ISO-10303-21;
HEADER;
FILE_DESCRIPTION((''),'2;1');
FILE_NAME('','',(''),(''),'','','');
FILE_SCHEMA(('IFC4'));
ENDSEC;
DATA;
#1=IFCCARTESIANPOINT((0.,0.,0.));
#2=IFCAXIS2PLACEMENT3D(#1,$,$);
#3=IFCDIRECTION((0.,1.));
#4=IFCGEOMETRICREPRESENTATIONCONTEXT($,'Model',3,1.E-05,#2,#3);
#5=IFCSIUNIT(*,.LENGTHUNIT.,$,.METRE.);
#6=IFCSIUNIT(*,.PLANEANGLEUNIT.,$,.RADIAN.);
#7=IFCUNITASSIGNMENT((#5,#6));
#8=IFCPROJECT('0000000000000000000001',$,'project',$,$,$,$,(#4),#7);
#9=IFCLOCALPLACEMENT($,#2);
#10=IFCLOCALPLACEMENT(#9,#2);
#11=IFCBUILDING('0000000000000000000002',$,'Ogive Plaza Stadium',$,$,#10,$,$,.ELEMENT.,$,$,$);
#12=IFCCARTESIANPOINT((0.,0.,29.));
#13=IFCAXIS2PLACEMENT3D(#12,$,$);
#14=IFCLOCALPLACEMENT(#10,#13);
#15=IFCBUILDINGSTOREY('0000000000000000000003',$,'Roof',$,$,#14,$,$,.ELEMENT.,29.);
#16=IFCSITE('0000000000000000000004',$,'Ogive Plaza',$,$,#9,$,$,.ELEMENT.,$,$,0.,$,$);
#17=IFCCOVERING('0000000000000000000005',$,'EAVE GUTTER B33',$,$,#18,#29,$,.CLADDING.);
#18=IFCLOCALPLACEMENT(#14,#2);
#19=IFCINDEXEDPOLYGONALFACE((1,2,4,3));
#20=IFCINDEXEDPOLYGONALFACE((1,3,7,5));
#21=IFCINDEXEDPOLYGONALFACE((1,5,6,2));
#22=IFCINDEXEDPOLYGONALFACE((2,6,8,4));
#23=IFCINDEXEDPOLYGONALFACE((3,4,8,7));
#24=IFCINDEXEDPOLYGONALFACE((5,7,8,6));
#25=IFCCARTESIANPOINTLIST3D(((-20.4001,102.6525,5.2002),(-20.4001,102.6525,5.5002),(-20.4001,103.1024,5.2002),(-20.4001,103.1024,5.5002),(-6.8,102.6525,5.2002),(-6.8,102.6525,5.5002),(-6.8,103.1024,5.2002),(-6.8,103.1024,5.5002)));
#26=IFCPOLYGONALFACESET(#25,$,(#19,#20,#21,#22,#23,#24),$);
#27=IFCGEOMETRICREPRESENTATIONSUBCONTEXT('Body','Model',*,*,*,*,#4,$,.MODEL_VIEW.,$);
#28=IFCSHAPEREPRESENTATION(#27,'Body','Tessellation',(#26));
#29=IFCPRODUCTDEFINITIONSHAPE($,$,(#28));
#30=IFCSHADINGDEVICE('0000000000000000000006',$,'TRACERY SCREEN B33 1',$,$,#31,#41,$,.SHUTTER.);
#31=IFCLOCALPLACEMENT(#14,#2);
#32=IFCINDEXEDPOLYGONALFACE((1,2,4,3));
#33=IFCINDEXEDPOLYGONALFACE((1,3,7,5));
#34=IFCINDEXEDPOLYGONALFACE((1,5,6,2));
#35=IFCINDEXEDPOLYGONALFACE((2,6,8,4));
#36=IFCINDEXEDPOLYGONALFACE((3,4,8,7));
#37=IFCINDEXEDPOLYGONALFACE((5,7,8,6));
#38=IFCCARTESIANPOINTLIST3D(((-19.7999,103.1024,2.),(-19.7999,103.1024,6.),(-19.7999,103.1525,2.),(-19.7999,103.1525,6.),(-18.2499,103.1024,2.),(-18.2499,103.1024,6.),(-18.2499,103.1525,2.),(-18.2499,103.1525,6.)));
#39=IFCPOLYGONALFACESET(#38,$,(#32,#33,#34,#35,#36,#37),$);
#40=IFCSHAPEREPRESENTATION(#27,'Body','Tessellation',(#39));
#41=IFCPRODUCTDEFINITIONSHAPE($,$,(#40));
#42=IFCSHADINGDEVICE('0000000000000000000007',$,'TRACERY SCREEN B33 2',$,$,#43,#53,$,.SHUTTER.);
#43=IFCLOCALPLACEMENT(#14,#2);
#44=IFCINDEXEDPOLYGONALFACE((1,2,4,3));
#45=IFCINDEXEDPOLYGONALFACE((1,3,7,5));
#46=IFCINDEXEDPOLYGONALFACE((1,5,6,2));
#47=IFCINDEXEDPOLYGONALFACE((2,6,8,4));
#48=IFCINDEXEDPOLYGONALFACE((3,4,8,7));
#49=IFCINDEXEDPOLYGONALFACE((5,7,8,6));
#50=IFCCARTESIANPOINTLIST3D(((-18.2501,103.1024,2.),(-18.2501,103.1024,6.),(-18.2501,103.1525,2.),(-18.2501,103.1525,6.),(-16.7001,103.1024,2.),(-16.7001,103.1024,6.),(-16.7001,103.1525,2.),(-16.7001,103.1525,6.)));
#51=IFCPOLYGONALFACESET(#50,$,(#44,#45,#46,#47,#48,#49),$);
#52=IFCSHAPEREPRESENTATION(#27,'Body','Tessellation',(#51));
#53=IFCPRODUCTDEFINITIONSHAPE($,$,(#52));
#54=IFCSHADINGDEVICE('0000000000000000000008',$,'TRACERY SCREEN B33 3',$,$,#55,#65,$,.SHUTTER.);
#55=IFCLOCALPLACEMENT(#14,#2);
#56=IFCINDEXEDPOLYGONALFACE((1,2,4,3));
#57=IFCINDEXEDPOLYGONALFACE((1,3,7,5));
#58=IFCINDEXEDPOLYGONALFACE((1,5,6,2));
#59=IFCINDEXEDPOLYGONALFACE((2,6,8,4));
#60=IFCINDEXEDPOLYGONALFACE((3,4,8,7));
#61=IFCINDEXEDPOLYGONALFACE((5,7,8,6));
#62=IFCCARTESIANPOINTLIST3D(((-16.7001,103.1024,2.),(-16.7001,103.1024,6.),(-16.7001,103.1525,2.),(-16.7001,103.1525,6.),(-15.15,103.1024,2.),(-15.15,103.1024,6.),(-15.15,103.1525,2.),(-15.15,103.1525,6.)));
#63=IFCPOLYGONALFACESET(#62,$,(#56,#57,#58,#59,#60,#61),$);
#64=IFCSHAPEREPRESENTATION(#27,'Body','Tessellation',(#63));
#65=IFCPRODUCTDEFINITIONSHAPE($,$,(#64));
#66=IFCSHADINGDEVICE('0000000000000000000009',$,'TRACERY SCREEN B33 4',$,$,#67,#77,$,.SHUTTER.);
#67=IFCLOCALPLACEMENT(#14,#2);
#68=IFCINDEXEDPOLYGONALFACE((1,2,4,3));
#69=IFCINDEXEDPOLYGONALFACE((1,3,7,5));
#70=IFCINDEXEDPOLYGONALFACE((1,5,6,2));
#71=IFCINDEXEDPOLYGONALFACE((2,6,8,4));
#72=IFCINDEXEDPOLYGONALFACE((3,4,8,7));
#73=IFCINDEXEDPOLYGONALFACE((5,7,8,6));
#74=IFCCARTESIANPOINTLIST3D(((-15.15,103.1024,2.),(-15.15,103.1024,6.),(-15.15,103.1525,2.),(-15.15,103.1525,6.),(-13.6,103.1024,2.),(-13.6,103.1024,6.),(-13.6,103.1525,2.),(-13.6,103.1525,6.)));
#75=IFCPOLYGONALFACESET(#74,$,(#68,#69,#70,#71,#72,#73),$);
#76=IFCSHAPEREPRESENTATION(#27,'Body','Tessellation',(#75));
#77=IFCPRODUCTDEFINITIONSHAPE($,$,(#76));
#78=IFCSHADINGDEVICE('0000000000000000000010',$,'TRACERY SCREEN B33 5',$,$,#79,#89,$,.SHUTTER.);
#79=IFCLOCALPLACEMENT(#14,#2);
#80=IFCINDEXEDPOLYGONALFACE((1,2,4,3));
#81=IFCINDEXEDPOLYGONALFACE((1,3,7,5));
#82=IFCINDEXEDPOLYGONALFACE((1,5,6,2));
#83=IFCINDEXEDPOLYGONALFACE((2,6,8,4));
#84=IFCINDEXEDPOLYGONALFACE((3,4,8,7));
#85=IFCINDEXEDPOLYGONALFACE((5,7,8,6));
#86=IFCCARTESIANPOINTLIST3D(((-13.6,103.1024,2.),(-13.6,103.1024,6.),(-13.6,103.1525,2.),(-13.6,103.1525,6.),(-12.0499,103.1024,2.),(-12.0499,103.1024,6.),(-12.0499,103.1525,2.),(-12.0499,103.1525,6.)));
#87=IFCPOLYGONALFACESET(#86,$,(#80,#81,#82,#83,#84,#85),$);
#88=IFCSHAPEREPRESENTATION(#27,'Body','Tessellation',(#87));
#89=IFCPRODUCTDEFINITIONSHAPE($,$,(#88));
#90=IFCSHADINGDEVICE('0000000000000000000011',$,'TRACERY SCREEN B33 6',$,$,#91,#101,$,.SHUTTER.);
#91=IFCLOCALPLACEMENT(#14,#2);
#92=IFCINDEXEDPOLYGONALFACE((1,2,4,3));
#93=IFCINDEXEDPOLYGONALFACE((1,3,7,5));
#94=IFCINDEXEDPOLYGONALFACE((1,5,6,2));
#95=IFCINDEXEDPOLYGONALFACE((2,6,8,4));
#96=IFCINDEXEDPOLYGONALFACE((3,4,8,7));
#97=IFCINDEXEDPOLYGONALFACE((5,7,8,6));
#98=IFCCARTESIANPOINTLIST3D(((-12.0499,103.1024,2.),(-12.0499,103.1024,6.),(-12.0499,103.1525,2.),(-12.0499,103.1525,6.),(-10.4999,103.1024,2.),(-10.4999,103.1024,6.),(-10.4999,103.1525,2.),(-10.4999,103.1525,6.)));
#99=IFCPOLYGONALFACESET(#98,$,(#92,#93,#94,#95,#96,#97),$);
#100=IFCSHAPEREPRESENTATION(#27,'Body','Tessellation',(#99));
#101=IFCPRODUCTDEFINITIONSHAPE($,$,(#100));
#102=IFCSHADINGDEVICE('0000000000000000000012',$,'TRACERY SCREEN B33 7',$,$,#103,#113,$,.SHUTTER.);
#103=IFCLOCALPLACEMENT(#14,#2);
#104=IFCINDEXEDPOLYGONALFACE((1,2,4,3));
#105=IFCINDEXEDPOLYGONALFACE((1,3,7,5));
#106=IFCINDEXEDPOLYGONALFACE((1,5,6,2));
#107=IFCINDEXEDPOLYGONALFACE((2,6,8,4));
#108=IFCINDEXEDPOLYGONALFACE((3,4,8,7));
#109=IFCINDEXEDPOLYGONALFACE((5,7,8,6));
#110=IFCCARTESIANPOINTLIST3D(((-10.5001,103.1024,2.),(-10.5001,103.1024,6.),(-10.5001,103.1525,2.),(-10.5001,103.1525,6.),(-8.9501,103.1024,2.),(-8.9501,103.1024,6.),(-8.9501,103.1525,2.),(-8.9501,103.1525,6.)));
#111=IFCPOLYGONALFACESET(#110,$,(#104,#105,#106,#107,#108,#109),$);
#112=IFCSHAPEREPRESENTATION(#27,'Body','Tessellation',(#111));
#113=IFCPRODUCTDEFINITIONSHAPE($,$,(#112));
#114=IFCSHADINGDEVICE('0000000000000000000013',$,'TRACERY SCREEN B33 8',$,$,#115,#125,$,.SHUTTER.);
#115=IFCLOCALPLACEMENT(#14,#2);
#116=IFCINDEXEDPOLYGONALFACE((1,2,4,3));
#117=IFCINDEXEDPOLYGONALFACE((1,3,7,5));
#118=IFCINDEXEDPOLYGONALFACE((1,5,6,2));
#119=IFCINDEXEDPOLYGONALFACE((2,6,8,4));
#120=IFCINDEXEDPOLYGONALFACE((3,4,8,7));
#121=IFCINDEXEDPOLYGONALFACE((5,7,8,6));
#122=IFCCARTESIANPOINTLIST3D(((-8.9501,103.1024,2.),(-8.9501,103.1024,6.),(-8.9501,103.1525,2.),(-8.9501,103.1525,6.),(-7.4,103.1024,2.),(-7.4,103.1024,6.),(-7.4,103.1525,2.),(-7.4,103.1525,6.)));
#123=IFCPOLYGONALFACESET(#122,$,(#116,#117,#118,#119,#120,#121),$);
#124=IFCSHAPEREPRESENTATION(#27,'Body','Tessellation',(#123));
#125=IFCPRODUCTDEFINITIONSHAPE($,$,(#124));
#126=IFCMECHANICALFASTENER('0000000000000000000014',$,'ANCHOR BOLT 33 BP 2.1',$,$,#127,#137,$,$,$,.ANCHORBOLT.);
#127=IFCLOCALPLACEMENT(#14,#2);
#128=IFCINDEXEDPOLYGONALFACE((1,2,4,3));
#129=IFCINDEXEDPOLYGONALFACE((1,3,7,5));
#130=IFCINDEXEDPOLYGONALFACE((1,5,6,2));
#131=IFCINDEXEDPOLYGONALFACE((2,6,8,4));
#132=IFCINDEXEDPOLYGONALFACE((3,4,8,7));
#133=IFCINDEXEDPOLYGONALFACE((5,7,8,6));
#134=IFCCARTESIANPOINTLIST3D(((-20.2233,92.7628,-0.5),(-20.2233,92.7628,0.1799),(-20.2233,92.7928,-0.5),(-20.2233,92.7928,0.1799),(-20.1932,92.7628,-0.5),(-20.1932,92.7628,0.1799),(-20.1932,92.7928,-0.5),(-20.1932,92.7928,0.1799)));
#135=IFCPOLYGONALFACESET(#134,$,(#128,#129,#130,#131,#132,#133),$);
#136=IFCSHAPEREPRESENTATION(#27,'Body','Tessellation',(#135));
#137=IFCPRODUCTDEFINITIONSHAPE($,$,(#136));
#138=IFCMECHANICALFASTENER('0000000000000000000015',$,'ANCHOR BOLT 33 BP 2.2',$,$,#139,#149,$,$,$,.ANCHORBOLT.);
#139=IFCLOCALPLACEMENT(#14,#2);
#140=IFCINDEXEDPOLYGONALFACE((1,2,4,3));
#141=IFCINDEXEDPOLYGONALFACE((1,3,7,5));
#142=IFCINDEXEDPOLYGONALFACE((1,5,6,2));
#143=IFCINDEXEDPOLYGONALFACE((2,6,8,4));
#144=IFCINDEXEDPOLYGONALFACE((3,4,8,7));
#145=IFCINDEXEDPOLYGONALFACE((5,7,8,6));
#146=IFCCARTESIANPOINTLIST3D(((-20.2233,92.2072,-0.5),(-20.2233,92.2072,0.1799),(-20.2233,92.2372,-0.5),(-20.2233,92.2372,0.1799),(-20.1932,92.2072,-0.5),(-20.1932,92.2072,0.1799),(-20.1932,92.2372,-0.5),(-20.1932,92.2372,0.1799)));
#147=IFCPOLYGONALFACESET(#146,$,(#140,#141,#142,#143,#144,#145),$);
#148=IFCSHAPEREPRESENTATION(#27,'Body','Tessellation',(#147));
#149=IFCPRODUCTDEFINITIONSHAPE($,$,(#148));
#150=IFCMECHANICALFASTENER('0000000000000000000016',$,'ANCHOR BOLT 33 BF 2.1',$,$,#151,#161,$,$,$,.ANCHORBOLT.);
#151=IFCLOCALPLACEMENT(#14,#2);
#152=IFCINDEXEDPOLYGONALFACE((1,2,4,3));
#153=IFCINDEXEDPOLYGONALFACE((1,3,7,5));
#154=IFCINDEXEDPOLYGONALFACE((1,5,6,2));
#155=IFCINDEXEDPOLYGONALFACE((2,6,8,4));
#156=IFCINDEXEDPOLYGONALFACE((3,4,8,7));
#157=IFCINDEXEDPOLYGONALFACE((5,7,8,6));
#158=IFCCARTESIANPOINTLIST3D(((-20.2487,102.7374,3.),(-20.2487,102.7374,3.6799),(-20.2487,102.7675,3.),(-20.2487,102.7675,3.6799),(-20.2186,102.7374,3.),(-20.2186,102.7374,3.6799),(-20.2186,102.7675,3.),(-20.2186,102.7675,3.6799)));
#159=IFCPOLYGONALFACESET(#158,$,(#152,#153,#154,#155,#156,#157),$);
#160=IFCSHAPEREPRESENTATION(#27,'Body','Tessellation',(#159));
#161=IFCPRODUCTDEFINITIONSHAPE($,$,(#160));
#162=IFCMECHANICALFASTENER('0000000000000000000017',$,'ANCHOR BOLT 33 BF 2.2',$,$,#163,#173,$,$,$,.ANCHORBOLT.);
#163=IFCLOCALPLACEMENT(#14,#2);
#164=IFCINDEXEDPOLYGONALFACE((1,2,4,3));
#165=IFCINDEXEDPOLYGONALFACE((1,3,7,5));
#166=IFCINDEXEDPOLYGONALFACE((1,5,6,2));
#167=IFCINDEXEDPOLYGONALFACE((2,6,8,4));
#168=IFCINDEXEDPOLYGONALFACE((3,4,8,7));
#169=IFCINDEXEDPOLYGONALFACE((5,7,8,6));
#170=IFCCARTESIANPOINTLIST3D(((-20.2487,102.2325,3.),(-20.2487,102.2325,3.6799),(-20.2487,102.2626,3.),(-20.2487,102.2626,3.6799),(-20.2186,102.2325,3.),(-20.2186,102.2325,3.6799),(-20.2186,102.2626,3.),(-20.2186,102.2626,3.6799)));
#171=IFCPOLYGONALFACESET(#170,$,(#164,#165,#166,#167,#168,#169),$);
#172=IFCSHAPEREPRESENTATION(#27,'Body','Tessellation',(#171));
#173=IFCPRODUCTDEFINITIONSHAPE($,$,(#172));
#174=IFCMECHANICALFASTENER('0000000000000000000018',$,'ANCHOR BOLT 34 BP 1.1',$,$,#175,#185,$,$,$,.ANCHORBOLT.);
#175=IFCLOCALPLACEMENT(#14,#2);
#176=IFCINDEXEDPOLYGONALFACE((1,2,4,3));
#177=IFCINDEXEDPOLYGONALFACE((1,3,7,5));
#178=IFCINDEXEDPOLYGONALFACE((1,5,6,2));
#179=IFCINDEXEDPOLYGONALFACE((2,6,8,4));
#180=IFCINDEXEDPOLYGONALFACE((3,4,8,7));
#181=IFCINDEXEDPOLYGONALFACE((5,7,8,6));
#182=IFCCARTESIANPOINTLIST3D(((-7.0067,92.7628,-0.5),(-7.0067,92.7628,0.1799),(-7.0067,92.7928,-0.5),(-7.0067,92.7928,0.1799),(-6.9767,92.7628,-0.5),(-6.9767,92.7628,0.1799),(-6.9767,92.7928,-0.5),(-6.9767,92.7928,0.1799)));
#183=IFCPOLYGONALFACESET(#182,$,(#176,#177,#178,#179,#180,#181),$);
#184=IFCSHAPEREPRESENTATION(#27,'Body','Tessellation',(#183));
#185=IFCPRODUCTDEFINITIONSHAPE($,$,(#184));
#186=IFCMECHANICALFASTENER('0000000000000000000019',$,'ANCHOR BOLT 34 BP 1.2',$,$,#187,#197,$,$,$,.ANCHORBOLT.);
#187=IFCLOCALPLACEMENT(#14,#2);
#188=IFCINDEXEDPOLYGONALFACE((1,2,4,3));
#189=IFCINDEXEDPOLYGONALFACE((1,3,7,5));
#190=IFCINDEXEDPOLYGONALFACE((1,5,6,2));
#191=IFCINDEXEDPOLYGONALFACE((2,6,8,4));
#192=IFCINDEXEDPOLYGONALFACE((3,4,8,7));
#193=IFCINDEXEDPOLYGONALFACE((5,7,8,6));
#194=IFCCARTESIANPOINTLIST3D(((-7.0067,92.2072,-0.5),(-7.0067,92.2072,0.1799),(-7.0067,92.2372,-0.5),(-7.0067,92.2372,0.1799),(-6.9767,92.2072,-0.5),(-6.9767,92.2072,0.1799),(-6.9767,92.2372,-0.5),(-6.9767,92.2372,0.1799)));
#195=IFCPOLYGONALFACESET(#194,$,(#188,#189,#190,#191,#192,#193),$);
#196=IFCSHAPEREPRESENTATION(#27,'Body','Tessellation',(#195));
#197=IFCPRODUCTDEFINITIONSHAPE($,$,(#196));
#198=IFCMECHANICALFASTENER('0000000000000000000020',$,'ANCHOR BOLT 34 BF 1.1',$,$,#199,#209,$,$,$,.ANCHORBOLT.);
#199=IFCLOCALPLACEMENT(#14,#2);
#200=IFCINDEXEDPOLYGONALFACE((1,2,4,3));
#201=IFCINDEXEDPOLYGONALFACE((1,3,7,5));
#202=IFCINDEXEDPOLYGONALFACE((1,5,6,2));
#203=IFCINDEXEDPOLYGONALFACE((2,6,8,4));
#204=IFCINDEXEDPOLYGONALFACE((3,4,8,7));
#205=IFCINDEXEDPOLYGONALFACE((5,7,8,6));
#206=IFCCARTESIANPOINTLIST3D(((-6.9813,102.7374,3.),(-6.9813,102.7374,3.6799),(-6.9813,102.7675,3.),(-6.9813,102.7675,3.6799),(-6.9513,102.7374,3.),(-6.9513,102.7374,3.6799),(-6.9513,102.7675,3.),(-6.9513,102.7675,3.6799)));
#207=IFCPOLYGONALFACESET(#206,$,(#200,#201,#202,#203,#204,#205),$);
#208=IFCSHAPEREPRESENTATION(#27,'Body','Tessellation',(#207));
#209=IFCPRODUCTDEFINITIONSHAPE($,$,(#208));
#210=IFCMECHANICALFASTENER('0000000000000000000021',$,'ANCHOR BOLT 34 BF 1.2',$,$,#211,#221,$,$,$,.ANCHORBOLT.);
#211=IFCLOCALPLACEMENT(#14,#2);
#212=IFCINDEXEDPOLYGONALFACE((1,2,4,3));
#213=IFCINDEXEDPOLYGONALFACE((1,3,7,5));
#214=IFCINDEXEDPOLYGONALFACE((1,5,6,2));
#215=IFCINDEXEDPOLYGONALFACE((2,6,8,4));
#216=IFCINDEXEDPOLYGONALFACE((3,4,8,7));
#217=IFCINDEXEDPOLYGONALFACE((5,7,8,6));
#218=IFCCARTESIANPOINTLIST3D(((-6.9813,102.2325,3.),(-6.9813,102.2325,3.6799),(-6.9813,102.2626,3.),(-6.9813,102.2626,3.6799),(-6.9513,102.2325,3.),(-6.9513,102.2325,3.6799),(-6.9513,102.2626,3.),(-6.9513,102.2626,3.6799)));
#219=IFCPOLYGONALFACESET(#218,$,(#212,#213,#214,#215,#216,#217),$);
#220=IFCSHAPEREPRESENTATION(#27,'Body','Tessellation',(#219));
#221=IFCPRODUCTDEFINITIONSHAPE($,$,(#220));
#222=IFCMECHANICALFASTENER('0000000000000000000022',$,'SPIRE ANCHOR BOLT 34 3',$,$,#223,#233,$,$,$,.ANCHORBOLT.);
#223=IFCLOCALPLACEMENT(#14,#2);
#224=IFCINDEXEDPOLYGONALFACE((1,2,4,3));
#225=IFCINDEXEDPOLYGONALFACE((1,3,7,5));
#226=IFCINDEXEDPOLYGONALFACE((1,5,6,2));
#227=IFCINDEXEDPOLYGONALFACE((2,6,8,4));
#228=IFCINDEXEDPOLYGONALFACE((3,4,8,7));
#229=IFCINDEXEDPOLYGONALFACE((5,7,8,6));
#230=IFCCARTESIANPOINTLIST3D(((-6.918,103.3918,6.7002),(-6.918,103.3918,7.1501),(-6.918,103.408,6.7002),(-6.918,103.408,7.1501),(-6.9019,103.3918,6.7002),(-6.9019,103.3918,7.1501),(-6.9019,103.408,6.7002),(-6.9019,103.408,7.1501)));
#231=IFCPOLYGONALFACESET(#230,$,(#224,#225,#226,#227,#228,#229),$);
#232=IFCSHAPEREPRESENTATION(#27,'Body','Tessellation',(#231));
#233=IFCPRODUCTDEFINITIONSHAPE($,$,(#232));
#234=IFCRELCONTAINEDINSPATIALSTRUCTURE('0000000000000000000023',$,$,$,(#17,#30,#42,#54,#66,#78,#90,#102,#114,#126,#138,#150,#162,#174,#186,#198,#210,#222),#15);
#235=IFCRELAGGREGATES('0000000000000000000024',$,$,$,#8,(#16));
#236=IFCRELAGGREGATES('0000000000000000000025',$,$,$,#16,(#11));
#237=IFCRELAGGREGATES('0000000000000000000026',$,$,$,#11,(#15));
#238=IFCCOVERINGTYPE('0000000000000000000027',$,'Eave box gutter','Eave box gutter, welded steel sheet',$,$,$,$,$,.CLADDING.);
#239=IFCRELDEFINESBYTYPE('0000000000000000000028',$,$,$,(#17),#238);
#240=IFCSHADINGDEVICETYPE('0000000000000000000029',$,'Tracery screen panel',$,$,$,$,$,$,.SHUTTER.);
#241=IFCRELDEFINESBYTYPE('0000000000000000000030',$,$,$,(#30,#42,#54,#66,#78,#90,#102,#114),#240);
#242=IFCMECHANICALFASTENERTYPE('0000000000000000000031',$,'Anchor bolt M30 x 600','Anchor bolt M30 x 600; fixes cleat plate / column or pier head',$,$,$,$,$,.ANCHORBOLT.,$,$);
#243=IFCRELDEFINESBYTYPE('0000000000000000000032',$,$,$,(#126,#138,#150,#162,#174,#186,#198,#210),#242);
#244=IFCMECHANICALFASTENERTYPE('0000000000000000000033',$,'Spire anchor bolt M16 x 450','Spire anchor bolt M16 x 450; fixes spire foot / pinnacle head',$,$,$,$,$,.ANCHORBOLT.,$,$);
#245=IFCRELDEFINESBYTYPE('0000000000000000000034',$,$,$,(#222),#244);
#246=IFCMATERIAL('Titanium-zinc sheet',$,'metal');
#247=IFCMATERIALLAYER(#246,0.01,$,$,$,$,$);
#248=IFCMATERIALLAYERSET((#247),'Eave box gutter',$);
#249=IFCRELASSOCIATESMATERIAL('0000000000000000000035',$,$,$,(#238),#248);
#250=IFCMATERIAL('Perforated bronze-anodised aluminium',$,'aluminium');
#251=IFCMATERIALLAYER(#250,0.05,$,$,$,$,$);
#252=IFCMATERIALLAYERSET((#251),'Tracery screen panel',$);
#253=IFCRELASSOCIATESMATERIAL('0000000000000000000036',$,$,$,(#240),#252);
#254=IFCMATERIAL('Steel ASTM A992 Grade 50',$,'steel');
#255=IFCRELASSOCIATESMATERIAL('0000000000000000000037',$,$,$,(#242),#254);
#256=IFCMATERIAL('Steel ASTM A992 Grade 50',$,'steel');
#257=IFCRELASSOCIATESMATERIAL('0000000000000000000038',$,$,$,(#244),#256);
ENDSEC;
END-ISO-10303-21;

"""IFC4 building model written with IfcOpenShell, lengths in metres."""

from ifc_helpers import new_model, si_unit, direction, frame, origin, origin_2d, place, context, subcontext, project, spatial, rectangle, extrude, material, layer, layer_set, type_object, element, save


model = new_model("IFC4")

# Units and contexts
model_context = context("Model", 3, precision=1e-05, world=origin(), true_north=direction((0.0, 1.0)))
body_context = subcontext(model_context, "Body", "Model", "MODEL_VIEW")
ifc_project = project(units=[si_unit("LENGTHUNIT", "METRE"), si_unit("PLANEANGLEUNIT", "RADIAN")], contexts=[model_context])

# Site, building, storey
site_placement = place(None, origin())
site = spatial("IfcSite", under=ifc_project, at=site_placement, Name="Ogive Plaza", CompositionType="ELEMENT", RefElevation=0.0)
building_placement = place(site_placement, origin())
building = spatial("IfcBuilding", under=site, at=building_placement, Name="Ogive Plaza Stadium", CompositionType="ELEMENT")
storey_placement = place(building_placement, frame((0.0, 0.0, 29.0)))
storey = spatial("IfcBuildingStorey", under=building, at=storey_placement, Name="Roof", CompositionType="ELEMENT", Elevation=29.0)

# Covering
ifc_material_1 = material(Name="Titanium-zinc sheet", Category="metal")
ifc_layer_1 = layer(ifc_material_1, 0.01)
ifc_layer_set_1 = layer_set([ifc_layer_1], Name="Eave box gutter")
covering_type = type_object("IfcCoveringType", Name="Eave box gutter", Description="Eave box gutter, welded steel sheet", PredefinedType="CLADDING", material=ifc_layer_set_1)
covering_placement = place(storey_placement, frame((-13.6001, 102.8774, 5.2002), z_axis=(0.0, 0.0, 1.0), x_axis=(1.0, 0.0, 0.0)))
element("IfcCovering", 1, at=covering_placement, inside=storey, type_object=covering_type, Name="EAVE GUTTER B33", PredefinedType="CLADDING", context=body_context, shape_type="SweptSolid", body=[
    extrude(rectangle(XDim=13.6001, YDim=0.45, at=origin_2d()), origin(), (0.0, 0.0, 1.0), 0.3),
])

# Shading devices
ifc_material_2 = material(Name="Perforated bronze-anodised aluminium", Category="aluminium")
ifc_layer_2 = layer(ifc_material_2, 0.05)
ifc_layer_set_2 = layer_set([ifc_layer_2], Name="Tracery screen panel")
shading_device_type = type_object("IfcShadingDeviceType", Name="Tracery screen panel", PredefinedType="SHUTTER", material=ifc_layer_set_2)
for number, where, z_axis, x_axis, name in (
    (2, (-19.0249, 103.1274, 2.0), (0.0, 0.0, 1.0), (1.0, 0.0, 0.0), "TRACERY SCREEN B33 1"),
    (3, (-17.4751, 103.1274, 2.0), (0.0, 0.0, 1.0), (1.0, 0.0, 0.0), "TRACERY SCREEN B33 2"),
    (4, (-15.925, 103.1274, 2.0), (0.0, 0.0, 1.0), (1.0, 0.0, 0.0), "TRACERY SCREEN B33 3"),
    (5, (-14.375, 103.1274, 2.0), (0.0, 0.0, 1.0), (1.0, 0.0, 0.0), "TRACERY SCREEN B33 4"),
    (6, (-12.825, 103.1274, 2.0), (0.0, 0.0, 1.0), (1.0, 0.0, 0.0), "TRACERY SCREEN B33 5"),
    (7, (-11.2749, 103.1274, 2.0), (0.0, 0.0, 1.0), (1.0, 0.0, 0.0), "TRACERY SCREEN B33 6"),
    (8, (-9.7251, 103.1274, 2.0), (0.0, 0.0, 1.0), (1.0, 0.0, 0.0), "TRACERY SCREEN B33 7"),
    (9, (-8.175, 103.1274, 2.0), (0.0, 0.0, 1.0), (1.0, 0.0, 0.0), "TRACERY SCREEN B33 8"),
):
    element("IfcShadingDevice", number, at=place(storey_placement, frame(where, z_axis=z_axis, x_axis=x_axis)), inside=storey, type_object=shading_device_type, Name=name, PredefinedType="SHUTTER", context=body_context, shape_type="SweptSolid", body=[
        extrude(rectangle(XDim=1.55, YDim=0.05, at=origin_2d()), origin(), (0.0, 0.0, 1.0), 4.0),
    ])

# Mechanical fasteners
ifc_material_3 = material(Name="Steel ASTM A992 Grade 50", Category="steel")
mechanical_fastener_type_1 = type_object("IfcMechanicalFastenerType", Name="Anchor bolt M30 x 600", Description="Anchor bolt M30 x 600; fixes cleat plate / column or pier head", PredefinedType="ANCHORBOLT", material=ifc_material_3)
for number, where, z_axis, x_axis, name in (
    (10, (-20.2083, 92.7778, -0.5), (0.0, 0.0, 1.0), (0.0, 1.0, 0.0), "ANCHOR BOLT 33 BP 2.1"),
    (11, (-20.2083, 92.2222, -0.5), (0.0, 0.0, 1.0), (0.0, 1.0, 0.0), "ANCHOR BOLT 33 BP 2.2"),
    (12, (-20.2336, 102.7524, 3.0), (0.0, 0.0, 1.0), (0.0, 1.0, 0.0), "ANCHOR BOLT 33 BF 2.1"),
    (13, (-20.2336, 102.2476, 3.0), (0.0, 0.0, 1.0), (0.0, 1.0, 0.0), "ANCHOR BOLT 33 BF 2.2"),
    (14, (-6.9917, 92.7778, -0.5), (0.0, 0.0, 1.0), (0.0, 1.0, 0.0), "ANCHOR BOLT 34 BP 1.1"),
    (15, (-6.9917, 92.2222, -0.5), (0.0, 0.0, 1.0), (0.0, 1.0, 0.0), "ANCHOR BOLT 34 BP 1.2"),
    (16, (-6.9663, 102.7524, 3.0), (0.0, 0.0, 1.0), (0.0, 1.0, 0.0), "ANCHOR BOLT 34 BF 1.1"),
    (17, (-6.9663, 102.2476, 3.0), (0.0, 0.0, 1.0), (0.0, 1.0, 0.0), "ANCHOR BOLT 34 BF 1.2"),
):
    element("IfcMechanicalFastener", number, at=place(storey_placement, frame(where, z_axis=z_axis, x_axis=x_axis)), inside=storey, type_object=mechanical_fastener_type_1, Name=name, PredefinedType="ANCHORBOLT", context=body_context, shape_type="SweptSolid", body=[
        extrude(rectangle(XDim=0.03, YDim=0.03, at=origin_2d()), origin(), (0.0, 0.0, 1.0), 0.6799),
    ])
ifc_material_4 = material(Name="Steel ASTM A992 Grade 50", Category="steel")
mechanical_fastener_type_2 = type_object("IfcMechanicalFastenerType", Name="Spire anchor bolt M16 x 450", Description="Spire anchor bolt M16 x 450; fixes spire foot / pinnacle head", PredefinedType="ANCHORBOLT", material=ifc_material_4)
mechanical_fastener_placement = place(storey_placement, frame((-6.9099, 103.3999, 6.7002), z_axis=(0.0, 0.0, 1.0), x_axis=(0.0, 1.0, 0.0)))
element("IfcMechanicalFastener", 18, at=mechanical_fastener_placement, inside=storey, type_object=mechanical_fastener_type_2, Name="SPIRE ANCHOR BOLT 34 3", PredefinedType="ANCHORBOLT", context=body_context, shape_type="SweptSolid", body=[
    extrude(rectangle(XDim=0.0161, YDim=0.0161, at=origin_2d()), origin(), (0.0, 0.0, 1.0), 0.45),
])

save(model, "model.ifc")
